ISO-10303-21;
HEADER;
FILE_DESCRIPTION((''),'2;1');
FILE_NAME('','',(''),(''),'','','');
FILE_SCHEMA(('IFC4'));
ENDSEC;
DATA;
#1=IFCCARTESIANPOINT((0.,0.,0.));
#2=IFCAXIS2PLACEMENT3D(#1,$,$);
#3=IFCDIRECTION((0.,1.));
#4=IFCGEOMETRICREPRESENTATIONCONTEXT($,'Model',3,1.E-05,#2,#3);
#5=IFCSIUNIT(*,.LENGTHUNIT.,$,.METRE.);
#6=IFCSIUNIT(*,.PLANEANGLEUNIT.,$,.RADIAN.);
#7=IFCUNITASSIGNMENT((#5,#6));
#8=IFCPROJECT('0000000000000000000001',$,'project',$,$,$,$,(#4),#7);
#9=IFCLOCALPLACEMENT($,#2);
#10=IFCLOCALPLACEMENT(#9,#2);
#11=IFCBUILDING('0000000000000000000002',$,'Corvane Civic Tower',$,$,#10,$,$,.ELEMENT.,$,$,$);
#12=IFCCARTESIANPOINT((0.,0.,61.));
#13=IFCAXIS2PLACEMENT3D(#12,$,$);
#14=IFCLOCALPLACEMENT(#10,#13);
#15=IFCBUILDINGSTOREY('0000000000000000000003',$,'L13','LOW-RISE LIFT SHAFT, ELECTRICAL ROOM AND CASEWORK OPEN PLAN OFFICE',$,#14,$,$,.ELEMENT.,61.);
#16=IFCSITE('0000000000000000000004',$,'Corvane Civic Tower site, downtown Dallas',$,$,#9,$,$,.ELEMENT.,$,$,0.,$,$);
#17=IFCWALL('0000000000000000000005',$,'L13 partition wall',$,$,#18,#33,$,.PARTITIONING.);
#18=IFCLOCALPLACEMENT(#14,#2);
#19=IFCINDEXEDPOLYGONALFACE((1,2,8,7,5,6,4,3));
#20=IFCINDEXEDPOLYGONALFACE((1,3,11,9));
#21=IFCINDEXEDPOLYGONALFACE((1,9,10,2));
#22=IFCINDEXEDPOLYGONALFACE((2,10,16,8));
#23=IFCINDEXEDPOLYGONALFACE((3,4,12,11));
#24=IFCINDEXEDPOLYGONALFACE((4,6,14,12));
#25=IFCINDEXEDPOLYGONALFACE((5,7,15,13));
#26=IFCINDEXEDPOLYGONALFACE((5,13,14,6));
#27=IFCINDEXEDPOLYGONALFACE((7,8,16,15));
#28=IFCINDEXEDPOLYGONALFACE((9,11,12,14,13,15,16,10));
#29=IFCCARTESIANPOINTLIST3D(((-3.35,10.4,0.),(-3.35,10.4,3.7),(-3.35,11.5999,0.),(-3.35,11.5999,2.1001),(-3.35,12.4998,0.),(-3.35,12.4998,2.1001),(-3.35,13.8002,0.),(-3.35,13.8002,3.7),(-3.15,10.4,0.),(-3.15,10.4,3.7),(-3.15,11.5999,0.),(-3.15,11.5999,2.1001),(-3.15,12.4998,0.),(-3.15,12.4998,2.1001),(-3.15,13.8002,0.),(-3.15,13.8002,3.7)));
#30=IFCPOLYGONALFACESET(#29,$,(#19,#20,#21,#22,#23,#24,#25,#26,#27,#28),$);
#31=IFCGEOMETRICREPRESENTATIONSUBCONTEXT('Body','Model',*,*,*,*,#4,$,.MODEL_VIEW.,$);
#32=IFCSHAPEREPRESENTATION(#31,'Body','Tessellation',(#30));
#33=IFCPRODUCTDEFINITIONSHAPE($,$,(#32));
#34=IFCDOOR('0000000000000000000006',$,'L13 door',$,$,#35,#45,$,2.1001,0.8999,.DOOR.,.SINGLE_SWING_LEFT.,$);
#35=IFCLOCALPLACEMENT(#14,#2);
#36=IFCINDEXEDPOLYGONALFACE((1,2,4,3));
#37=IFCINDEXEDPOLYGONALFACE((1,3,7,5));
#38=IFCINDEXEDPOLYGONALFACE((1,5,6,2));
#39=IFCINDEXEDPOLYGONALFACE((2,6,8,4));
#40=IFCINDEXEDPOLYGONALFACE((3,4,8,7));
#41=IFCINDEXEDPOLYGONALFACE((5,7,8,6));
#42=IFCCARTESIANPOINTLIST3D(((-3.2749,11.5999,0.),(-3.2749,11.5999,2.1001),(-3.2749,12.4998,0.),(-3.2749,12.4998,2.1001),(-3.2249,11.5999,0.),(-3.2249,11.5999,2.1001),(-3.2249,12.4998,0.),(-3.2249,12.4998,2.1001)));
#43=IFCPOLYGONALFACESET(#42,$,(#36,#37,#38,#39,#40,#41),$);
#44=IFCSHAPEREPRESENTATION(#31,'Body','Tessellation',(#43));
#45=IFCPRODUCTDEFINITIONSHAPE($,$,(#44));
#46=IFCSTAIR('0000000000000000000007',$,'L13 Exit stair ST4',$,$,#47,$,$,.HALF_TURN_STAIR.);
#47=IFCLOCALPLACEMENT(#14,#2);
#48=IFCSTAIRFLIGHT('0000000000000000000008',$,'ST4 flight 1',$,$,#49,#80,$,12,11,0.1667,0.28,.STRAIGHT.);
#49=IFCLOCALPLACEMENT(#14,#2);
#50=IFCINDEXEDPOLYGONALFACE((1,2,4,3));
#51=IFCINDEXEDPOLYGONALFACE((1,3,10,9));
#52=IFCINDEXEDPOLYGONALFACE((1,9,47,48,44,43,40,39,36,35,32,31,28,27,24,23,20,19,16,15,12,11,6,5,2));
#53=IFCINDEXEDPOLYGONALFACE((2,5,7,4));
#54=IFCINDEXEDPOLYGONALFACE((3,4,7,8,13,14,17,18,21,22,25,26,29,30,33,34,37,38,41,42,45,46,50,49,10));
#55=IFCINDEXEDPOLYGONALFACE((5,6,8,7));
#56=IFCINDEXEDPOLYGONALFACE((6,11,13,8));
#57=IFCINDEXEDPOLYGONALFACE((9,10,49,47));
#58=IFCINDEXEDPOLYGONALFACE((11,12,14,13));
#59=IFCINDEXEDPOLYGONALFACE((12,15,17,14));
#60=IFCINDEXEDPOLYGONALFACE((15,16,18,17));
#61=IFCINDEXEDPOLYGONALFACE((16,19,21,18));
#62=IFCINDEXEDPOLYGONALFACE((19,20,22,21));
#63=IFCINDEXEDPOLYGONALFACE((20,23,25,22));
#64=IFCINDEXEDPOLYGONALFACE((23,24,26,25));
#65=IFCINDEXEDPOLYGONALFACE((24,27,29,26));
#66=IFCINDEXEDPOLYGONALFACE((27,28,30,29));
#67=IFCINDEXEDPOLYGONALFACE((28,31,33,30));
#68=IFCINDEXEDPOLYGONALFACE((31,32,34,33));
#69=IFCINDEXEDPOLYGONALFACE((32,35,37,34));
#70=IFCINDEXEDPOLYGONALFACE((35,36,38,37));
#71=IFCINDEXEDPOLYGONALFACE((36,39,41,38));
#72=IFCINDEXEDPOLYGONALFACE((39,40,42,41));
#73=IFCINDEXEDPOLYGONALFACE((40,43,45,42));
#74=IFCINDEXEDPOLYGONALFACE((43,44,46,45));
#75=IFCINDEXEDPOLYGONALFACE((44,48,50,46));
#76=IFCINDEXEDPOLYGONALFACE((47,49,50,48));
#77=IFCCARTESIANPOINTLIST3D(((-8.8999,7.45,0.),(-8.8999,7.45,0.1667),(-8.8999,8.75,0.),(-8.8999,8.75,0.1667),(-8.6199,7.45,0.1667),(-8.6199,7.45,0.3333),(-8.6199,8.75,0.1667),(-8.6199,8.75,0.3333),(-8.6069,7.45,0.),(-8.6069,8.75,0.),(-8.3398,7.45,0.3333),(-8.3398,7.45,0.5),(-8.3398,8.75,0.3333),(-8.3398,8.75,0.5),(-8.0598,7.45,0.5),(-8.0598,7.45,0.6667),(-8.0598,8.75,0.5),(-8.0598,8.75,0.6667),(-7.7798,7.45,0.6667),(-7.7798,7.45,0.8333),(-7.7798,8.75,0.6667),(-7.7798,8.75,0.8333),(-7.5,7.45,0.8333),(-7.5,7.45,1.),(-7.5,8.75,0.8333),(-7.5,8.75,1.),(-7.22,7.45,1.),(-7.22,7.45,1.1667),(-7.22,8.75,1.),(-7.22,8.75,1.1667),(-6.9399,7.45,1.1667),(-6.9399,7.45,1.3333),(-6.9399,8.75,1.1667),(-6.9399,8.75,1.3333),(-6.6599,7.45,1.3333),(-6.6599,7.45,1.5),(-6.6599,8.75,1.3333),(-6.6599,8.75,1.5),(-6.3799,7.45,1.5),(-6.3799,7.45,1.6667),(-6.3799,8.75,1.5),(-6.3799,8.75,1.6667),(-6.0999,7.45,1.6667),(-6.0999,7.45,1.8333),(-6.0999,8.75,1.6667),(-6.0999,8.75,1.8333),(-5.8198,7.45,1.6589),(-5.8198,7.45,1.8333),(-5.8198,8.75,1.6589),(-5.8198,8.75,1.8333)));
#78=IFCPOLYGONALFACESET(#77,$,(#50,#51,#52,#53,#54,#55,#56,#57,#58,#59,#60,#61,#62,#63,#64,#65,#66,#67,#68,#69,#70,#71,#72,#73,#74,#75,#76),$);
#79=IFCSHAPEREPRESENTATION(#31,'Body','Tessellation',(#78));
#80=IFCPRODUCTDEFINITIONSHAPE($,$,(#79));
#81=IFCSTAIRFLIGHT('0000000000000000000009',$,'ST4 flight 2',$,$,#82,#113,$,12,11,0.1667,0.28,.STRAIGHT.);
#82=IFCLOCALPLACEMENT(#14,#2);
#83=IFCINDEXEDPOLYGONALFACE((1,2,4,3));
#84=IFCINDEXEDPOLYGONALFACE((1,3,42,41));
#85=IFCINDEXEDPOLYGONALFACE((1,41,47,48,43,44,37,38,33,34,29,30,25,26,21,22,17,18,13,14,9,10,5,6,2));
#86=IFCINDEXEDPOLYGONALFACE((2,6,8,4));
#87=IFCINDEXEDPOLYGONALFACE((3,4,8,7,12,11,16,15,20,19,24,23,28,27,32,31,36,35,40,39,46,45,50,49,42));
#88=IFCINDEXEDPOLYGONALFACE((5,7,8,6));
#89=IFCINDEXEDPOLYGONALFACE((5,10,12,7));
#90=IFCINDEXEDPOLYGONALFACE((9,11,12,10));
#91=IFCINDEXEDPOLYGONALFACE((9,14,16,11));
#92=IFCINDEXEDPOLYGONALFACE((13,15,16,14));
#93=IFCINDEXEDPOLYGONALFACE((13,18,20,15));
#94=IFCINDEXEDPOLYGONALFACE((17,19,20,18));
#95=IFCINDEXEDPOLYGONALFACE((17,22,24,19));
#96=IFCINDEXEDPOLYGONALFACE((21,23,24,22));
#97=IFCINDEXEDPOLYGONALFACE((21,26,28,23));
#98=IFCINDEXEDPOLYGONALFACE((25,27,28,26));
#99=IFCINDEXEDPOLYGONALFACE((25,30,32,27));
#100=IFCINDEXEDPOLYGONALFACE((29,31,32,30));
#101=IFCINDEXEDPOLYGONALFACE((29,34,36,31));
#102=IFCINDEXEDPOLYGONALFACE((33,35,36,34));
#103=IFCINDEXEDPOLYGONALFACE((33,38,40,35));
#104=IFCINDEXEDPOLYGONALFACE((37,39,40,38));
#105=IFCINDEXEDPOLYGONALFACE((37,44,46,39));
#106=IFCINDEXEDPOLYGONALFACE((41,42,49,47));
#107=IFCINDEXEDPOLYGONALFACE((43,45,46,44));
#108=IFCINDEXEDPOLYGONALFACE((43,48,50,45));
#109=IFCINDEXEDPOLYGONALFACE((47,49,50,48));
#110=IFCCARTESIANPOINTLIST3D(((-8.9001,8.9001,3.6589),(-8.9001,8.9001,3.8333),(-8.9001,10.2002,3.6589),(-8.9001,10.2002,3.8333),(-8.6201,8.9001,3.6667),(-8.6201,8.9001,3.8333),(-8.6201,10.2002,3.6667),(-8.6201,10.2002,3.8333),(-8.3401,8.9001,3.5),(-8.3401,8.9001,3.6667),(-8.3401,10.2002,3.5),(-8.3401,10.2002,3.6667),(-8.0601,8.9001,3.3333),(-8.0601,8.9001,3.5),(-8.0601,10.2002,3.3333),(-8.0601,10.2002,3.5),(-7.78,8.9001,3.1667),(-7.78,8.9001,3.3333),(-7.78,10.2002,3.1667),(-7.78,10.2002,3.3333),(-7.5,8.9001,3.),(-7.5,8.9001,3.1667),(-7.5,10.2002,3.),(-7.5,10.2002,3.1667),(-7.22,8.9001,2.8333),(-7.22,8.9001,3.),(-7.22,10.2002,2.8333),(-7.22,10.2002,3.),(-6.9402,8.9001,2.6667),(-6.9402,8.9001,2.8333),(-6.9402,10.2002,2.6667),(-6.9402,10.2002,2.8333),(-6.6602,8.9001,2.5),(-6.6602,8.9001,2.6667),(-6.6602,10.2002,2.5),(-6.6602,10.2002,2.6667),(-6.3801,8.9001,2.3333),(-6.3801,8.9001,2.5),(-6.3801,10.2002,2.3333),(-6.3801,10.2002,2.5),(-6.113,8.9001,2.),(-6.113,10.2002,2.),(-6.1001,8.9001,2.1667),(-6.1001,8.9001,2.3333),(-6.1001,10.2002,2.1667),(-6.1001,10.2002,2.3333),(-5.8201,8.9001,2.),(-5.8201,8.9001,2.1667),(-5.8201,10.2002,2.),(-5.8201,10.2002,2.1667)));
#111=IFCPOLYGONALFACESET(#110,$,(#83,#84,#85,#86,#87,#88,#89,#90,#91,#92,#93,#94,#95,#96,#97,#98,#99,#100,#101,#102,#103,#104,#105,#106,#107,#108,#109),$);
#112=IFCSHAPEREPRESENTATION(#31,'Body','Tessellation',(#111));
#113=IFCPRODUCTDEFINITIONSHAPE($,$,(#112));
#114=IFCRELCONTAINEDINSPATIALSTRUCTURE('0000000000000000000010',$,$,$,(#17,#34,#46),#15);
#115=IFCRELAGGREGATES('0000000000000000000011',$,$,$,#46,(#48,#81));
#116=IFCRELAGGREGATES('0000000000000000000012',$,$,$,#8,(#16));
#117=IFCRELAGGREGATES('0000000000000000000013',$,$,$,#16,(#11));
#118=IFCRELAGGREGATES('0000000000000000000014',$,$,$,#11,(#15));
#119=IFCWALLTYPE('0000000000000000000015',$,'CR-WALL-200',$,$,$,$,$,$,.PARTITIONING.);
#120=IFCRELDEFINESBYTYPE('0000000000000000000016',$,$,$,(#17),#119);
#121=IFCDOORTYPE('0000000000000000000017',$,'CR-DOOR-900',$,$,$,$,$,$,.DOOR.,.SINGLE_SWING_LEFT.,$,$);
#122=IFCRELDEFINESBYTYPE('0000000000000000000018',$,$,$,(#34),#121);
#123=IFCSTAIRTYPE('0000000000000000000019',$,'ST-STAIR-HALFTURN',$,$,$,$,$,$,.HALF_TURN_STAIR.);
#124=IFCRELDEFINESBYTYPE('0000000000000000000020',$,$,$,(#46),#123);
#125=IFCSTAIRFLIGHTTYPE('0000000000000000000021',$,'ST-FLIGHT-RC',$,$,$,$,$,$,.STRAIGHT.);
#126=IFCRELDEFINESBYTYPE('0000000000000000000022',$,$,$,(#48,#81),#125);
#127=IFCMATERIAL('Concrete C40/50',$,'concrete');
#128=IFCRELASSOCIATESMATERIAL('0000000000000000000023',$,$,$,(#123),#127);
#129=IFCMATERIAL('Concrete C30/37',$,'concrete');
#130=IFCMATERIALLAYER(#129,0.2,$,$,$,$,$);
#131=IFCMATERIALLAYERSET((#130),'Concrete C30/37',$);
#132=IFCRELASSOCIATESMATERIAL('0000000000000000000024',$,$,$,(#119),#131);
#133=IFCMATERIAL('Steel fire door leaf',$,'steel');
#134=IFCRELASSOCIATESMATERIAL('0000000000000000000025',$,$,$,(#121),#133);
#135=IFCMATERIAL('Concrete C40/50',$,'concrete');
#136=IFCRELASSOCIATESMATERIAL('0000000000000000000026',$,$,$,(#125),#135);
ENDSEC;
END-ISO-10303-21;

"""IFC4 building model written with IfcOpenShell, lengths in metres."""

from ifc_helpers import new_model, si_unit, direction, frame, frame_2d, origin, place, context, subcontext, project, spatial, polyline, rectangle, outline, extrude, material, layer, layer_set, type_object, element, fill, aggregate, save


model = new_model("IFC4")

# Units and contexts
model_context = context("Model", 3, precision=1e-05, world=origin(), true_north=direction((0.0, 1.0)))
body_context = subcontext(model_context, "Body", "Model", "MODEL_VIEW")
ifc_project = project(units=[si_unit("LENGTHUNIT", "METRE"), si_unit("PLANEANGLEUNIT", "RADIAN")], contexts=[model_context])

# Site, building, storey
site_placement = place(None, origin())
site = spatial("IfcSite", under=ifc_project, at=site_placement, Name="Corvane Civic Tower site, downtown Dallas", CompositionType="ELEMENT", RefElevation=0.0)
building_placement = place(site_placement, origin())
building = spatial("IfcBuilding", under=site, at=building_placement, Name="Corvane Civic Tower", CompositionType="ELEMENT")
storey_placement = place(building_placement, frame((0.0, 0.0, 61.0)))
storey = spatial("IfcBuildingStorey", under=building, at=storey_placement, Name="L13", Description="LOW-RISE LIFT SHAFT, ELECTRICAL ROOM AND CASEWORK OPEN PLAN OFFICE", CompositionType="ELEMENT", Elevation=61.0)

# Shared definitions
ifc_material_1 = material(Name="Concrete C40/50", Category="concrete")
stair_type = type_object("IfcStairType", Name="ST-STAIR-HALFTURN", PredefinedType="HALF_TURN_STAIR", material=ifc_material_1)

# Shared definitions
ifc_material_2 = material(Name="Concrete C30/37", Category="concrete")
ifc_layer_1 = layer(ifc_material_2, 0.2)
ifc_layer_set_1 = layer_set([ifc_layer_1], Name="Concrete C30/37")
wall_type = type_object("IfcWallType", Name="CR-WALL-200", PredefinedType="PARTITIONING", material=ifc_layer_set_1)
ifc_material_3 = material(Name="Steel fire door leaf", Category="steel")
door_type = type_object("IfcDoorType", Name="CR-DOOR-900", OperationType="SINGLE_SWING_LEFT", PredefinedType="DOOR", material=ifc_material_3)

# Wall, opening, door
wall_1_placement = place(storey_placement, frame((-3.25, 10.3999, 0.0), z_axis=(0.0, 0.0, 1.0), x_axis=(0.0, 1.0, 0.0)))
wall_1 = element("IfcWall", 1, at=wall_1_placement, inside=storey, type_object=wall_type, Name="L13 partition wall", PredefinedType="PARTITIONING", context=body_context, shape_type="SweptSolid", body=[
    extrude(rectangle(XDim=3.4001, YDim=0.2, at=frame_2d((1.7002, 0.0))), origin(), (0.0, 0.0, 1.0), 3.7),
])
opening_1_placement = place(wall_1_placement, frame((1.2, 0.0, 0.0)))
opening_1 = element("IfcOpeningElement", 2, at=opening_1_placement, cuts=wall_1, PredefinedType="OPENING", context=body_context, shape_type="SweptSolid", body=[
    extrude(rectangle(XDim=0.8999, YDim=2.1001, at=frame_2d((0.45, 1.05))), frame((0.0, 0.1099, 0.0), z_axis=(0.0, -1.0, 0.0), x_axis=(1.0, 0.0, 0.0)), (0.0, 0.0, 1.0), 0.22),
])
door_1_placement = place(opening_1_placement, origin())
door_1 = element("IfcDoor", 3, at=door_1_placement, inside=storey, type_object=door_type, Name="L13 door", OperationType="SINGLE_SWING_LEFT", OverallHeight=2.1001, OverallWidth=0.8999, PredefinedType="DOOR", context=body_context, shape_type="SweptSolid", body=[
    extrude(rectangle(XDim=0.8999, YDim=2.1001, at=frame_2d((0.45, 1.05))), frame((0.0, 0.0249, 0.0), z_axis=(0.0, -1.0, 0.0), x_axis=(1.0, 0.0, 0.0)), (0.0, 0.0, 1.0), 0.05),
])
fill(opening_1, door_1)

# Stair, stair flights
stair_1_placement = place(storey_placement, origin())
stair_1 = element("IfcStair", 4, at=stair_1_placement, inside=storey, type_object=stair_type, Name="L13 Exit stair ST4", PredefinedType="HALF_TURN_STAIR")
ifc_material_4 = material(Name="Concrete C40/50", Category="concrete")
stair_flight_type = type_object("IfcStairFlightType", Name="ST-FLIGHT-RC", PredefinedType="STRAIGHT", material=ifc_material_4)
stair_flight_1_placement = place(storey_placement, frame((-8.8999, 8.1001, 0.0), z_axis=(0.0, 0.0, 1.0), x_axis=(1.0, 0.0, 0.0)))
stair_flight_1 = element("IfcStairFlight", 5, at=stair_flight_1_placement, type_object=stair_flight_type, Name="ST4 flight 1", NumberOfRisers=12, NumberOfTreads=11, PredefinedType="STRAIGHT", RiserHeight=0.1667, TreadLength=0.28, context=body_context, shape_type="SweptSolid", body=[
    extrude(outline(polyline([(0.0, 0.0), (0.0, 0.1667), (0.28, 0.1667), (0.28, 0.3333), (0.5601, 0.3333), (0.5601, 0.5), (0.8401, 0.5), (0.8401, 0.6667), (1.1201, 0.6667), (1.1201, 0.8333), (1.3999, 0.8333), (1.3999, 1.0), (1.6799, 1.0), (1.6799, 1.1667), (1.96, 1.1667), (1.96, 1.3333), (2.24, 1.3333), (2.24, 1.5), (2.52, 1.5), (2.52, 1.6667), (2.8, 1.6667), (2.8, 1.8333), (3.0801, 1.8333), (3.0801, 2.0), (3.0801, 1.6589), (0.293, 0.0), (0.0, 0.0)])), frame((0.0, 0.6499, 0.0), z_axis=(0.0, -1.0, 0.0), x_axis=(1.0, 0.0, 0.0)), (0.0, 0.0, 1.0), 1.3),
])
stair_flight_2_placement = place(storey_placement, frame((-5.8201, 9.55, 2.0), z_axis=(0.0, 0.0, 1.0), x_axis=(-1.0, 0.0, 0.0)))
stair_flight_2 = element("IfcStairFlight", 6, at=stair_flight_2_placement, type_object=stair_flight_type, Name="ST4 flight 2", NumberOfRisers=12, NumberOfTreads=11, PredefinedType="STRAIGHT", RiserHeight=0.1667, TreadLength=0.28, context=body_context, shape_type="SweptSolid", body=[
    extrude(outline(polyline([(0.0, 0.0), (0.0, 0.1667), (0.28, 0.1667), (0.28, 0.3333), (0.5601, 0.3333), (0.5601, 0.5), (0.8401, 0.5), (0.8401, 0.6667), (1.1201, 0.6667), (1.1201, 0.8333), (1.3999, 0.8333), (1.3999, 1.0), (1.6799, 1.0), (1.6799, 1.1667), (1.96, 1.1667), (1.96, 1.3333), (2.24, 1.3333), (2.24, 1.5), (2.52, 1.5), (2.52, 1.6667), (2.8, 1.6667), (2.8, 1.8333), (3.0801, 1.8333), (3.0801, 2.0), (3.0801, 1.6589), (0.293, 0.0), (0.0, 0.0)])), frame((0.0, 0.6499, 0.0), z_axis=(0.0, -1.0, 0.0), x_axis=(1.0, 0.0, 0.0)), (0.0, 0.0, 1.0), 1.3),
])
aggregate(stair_1, [stair_flight_1, stair_flight_2])

save(model, "model.ifc")
